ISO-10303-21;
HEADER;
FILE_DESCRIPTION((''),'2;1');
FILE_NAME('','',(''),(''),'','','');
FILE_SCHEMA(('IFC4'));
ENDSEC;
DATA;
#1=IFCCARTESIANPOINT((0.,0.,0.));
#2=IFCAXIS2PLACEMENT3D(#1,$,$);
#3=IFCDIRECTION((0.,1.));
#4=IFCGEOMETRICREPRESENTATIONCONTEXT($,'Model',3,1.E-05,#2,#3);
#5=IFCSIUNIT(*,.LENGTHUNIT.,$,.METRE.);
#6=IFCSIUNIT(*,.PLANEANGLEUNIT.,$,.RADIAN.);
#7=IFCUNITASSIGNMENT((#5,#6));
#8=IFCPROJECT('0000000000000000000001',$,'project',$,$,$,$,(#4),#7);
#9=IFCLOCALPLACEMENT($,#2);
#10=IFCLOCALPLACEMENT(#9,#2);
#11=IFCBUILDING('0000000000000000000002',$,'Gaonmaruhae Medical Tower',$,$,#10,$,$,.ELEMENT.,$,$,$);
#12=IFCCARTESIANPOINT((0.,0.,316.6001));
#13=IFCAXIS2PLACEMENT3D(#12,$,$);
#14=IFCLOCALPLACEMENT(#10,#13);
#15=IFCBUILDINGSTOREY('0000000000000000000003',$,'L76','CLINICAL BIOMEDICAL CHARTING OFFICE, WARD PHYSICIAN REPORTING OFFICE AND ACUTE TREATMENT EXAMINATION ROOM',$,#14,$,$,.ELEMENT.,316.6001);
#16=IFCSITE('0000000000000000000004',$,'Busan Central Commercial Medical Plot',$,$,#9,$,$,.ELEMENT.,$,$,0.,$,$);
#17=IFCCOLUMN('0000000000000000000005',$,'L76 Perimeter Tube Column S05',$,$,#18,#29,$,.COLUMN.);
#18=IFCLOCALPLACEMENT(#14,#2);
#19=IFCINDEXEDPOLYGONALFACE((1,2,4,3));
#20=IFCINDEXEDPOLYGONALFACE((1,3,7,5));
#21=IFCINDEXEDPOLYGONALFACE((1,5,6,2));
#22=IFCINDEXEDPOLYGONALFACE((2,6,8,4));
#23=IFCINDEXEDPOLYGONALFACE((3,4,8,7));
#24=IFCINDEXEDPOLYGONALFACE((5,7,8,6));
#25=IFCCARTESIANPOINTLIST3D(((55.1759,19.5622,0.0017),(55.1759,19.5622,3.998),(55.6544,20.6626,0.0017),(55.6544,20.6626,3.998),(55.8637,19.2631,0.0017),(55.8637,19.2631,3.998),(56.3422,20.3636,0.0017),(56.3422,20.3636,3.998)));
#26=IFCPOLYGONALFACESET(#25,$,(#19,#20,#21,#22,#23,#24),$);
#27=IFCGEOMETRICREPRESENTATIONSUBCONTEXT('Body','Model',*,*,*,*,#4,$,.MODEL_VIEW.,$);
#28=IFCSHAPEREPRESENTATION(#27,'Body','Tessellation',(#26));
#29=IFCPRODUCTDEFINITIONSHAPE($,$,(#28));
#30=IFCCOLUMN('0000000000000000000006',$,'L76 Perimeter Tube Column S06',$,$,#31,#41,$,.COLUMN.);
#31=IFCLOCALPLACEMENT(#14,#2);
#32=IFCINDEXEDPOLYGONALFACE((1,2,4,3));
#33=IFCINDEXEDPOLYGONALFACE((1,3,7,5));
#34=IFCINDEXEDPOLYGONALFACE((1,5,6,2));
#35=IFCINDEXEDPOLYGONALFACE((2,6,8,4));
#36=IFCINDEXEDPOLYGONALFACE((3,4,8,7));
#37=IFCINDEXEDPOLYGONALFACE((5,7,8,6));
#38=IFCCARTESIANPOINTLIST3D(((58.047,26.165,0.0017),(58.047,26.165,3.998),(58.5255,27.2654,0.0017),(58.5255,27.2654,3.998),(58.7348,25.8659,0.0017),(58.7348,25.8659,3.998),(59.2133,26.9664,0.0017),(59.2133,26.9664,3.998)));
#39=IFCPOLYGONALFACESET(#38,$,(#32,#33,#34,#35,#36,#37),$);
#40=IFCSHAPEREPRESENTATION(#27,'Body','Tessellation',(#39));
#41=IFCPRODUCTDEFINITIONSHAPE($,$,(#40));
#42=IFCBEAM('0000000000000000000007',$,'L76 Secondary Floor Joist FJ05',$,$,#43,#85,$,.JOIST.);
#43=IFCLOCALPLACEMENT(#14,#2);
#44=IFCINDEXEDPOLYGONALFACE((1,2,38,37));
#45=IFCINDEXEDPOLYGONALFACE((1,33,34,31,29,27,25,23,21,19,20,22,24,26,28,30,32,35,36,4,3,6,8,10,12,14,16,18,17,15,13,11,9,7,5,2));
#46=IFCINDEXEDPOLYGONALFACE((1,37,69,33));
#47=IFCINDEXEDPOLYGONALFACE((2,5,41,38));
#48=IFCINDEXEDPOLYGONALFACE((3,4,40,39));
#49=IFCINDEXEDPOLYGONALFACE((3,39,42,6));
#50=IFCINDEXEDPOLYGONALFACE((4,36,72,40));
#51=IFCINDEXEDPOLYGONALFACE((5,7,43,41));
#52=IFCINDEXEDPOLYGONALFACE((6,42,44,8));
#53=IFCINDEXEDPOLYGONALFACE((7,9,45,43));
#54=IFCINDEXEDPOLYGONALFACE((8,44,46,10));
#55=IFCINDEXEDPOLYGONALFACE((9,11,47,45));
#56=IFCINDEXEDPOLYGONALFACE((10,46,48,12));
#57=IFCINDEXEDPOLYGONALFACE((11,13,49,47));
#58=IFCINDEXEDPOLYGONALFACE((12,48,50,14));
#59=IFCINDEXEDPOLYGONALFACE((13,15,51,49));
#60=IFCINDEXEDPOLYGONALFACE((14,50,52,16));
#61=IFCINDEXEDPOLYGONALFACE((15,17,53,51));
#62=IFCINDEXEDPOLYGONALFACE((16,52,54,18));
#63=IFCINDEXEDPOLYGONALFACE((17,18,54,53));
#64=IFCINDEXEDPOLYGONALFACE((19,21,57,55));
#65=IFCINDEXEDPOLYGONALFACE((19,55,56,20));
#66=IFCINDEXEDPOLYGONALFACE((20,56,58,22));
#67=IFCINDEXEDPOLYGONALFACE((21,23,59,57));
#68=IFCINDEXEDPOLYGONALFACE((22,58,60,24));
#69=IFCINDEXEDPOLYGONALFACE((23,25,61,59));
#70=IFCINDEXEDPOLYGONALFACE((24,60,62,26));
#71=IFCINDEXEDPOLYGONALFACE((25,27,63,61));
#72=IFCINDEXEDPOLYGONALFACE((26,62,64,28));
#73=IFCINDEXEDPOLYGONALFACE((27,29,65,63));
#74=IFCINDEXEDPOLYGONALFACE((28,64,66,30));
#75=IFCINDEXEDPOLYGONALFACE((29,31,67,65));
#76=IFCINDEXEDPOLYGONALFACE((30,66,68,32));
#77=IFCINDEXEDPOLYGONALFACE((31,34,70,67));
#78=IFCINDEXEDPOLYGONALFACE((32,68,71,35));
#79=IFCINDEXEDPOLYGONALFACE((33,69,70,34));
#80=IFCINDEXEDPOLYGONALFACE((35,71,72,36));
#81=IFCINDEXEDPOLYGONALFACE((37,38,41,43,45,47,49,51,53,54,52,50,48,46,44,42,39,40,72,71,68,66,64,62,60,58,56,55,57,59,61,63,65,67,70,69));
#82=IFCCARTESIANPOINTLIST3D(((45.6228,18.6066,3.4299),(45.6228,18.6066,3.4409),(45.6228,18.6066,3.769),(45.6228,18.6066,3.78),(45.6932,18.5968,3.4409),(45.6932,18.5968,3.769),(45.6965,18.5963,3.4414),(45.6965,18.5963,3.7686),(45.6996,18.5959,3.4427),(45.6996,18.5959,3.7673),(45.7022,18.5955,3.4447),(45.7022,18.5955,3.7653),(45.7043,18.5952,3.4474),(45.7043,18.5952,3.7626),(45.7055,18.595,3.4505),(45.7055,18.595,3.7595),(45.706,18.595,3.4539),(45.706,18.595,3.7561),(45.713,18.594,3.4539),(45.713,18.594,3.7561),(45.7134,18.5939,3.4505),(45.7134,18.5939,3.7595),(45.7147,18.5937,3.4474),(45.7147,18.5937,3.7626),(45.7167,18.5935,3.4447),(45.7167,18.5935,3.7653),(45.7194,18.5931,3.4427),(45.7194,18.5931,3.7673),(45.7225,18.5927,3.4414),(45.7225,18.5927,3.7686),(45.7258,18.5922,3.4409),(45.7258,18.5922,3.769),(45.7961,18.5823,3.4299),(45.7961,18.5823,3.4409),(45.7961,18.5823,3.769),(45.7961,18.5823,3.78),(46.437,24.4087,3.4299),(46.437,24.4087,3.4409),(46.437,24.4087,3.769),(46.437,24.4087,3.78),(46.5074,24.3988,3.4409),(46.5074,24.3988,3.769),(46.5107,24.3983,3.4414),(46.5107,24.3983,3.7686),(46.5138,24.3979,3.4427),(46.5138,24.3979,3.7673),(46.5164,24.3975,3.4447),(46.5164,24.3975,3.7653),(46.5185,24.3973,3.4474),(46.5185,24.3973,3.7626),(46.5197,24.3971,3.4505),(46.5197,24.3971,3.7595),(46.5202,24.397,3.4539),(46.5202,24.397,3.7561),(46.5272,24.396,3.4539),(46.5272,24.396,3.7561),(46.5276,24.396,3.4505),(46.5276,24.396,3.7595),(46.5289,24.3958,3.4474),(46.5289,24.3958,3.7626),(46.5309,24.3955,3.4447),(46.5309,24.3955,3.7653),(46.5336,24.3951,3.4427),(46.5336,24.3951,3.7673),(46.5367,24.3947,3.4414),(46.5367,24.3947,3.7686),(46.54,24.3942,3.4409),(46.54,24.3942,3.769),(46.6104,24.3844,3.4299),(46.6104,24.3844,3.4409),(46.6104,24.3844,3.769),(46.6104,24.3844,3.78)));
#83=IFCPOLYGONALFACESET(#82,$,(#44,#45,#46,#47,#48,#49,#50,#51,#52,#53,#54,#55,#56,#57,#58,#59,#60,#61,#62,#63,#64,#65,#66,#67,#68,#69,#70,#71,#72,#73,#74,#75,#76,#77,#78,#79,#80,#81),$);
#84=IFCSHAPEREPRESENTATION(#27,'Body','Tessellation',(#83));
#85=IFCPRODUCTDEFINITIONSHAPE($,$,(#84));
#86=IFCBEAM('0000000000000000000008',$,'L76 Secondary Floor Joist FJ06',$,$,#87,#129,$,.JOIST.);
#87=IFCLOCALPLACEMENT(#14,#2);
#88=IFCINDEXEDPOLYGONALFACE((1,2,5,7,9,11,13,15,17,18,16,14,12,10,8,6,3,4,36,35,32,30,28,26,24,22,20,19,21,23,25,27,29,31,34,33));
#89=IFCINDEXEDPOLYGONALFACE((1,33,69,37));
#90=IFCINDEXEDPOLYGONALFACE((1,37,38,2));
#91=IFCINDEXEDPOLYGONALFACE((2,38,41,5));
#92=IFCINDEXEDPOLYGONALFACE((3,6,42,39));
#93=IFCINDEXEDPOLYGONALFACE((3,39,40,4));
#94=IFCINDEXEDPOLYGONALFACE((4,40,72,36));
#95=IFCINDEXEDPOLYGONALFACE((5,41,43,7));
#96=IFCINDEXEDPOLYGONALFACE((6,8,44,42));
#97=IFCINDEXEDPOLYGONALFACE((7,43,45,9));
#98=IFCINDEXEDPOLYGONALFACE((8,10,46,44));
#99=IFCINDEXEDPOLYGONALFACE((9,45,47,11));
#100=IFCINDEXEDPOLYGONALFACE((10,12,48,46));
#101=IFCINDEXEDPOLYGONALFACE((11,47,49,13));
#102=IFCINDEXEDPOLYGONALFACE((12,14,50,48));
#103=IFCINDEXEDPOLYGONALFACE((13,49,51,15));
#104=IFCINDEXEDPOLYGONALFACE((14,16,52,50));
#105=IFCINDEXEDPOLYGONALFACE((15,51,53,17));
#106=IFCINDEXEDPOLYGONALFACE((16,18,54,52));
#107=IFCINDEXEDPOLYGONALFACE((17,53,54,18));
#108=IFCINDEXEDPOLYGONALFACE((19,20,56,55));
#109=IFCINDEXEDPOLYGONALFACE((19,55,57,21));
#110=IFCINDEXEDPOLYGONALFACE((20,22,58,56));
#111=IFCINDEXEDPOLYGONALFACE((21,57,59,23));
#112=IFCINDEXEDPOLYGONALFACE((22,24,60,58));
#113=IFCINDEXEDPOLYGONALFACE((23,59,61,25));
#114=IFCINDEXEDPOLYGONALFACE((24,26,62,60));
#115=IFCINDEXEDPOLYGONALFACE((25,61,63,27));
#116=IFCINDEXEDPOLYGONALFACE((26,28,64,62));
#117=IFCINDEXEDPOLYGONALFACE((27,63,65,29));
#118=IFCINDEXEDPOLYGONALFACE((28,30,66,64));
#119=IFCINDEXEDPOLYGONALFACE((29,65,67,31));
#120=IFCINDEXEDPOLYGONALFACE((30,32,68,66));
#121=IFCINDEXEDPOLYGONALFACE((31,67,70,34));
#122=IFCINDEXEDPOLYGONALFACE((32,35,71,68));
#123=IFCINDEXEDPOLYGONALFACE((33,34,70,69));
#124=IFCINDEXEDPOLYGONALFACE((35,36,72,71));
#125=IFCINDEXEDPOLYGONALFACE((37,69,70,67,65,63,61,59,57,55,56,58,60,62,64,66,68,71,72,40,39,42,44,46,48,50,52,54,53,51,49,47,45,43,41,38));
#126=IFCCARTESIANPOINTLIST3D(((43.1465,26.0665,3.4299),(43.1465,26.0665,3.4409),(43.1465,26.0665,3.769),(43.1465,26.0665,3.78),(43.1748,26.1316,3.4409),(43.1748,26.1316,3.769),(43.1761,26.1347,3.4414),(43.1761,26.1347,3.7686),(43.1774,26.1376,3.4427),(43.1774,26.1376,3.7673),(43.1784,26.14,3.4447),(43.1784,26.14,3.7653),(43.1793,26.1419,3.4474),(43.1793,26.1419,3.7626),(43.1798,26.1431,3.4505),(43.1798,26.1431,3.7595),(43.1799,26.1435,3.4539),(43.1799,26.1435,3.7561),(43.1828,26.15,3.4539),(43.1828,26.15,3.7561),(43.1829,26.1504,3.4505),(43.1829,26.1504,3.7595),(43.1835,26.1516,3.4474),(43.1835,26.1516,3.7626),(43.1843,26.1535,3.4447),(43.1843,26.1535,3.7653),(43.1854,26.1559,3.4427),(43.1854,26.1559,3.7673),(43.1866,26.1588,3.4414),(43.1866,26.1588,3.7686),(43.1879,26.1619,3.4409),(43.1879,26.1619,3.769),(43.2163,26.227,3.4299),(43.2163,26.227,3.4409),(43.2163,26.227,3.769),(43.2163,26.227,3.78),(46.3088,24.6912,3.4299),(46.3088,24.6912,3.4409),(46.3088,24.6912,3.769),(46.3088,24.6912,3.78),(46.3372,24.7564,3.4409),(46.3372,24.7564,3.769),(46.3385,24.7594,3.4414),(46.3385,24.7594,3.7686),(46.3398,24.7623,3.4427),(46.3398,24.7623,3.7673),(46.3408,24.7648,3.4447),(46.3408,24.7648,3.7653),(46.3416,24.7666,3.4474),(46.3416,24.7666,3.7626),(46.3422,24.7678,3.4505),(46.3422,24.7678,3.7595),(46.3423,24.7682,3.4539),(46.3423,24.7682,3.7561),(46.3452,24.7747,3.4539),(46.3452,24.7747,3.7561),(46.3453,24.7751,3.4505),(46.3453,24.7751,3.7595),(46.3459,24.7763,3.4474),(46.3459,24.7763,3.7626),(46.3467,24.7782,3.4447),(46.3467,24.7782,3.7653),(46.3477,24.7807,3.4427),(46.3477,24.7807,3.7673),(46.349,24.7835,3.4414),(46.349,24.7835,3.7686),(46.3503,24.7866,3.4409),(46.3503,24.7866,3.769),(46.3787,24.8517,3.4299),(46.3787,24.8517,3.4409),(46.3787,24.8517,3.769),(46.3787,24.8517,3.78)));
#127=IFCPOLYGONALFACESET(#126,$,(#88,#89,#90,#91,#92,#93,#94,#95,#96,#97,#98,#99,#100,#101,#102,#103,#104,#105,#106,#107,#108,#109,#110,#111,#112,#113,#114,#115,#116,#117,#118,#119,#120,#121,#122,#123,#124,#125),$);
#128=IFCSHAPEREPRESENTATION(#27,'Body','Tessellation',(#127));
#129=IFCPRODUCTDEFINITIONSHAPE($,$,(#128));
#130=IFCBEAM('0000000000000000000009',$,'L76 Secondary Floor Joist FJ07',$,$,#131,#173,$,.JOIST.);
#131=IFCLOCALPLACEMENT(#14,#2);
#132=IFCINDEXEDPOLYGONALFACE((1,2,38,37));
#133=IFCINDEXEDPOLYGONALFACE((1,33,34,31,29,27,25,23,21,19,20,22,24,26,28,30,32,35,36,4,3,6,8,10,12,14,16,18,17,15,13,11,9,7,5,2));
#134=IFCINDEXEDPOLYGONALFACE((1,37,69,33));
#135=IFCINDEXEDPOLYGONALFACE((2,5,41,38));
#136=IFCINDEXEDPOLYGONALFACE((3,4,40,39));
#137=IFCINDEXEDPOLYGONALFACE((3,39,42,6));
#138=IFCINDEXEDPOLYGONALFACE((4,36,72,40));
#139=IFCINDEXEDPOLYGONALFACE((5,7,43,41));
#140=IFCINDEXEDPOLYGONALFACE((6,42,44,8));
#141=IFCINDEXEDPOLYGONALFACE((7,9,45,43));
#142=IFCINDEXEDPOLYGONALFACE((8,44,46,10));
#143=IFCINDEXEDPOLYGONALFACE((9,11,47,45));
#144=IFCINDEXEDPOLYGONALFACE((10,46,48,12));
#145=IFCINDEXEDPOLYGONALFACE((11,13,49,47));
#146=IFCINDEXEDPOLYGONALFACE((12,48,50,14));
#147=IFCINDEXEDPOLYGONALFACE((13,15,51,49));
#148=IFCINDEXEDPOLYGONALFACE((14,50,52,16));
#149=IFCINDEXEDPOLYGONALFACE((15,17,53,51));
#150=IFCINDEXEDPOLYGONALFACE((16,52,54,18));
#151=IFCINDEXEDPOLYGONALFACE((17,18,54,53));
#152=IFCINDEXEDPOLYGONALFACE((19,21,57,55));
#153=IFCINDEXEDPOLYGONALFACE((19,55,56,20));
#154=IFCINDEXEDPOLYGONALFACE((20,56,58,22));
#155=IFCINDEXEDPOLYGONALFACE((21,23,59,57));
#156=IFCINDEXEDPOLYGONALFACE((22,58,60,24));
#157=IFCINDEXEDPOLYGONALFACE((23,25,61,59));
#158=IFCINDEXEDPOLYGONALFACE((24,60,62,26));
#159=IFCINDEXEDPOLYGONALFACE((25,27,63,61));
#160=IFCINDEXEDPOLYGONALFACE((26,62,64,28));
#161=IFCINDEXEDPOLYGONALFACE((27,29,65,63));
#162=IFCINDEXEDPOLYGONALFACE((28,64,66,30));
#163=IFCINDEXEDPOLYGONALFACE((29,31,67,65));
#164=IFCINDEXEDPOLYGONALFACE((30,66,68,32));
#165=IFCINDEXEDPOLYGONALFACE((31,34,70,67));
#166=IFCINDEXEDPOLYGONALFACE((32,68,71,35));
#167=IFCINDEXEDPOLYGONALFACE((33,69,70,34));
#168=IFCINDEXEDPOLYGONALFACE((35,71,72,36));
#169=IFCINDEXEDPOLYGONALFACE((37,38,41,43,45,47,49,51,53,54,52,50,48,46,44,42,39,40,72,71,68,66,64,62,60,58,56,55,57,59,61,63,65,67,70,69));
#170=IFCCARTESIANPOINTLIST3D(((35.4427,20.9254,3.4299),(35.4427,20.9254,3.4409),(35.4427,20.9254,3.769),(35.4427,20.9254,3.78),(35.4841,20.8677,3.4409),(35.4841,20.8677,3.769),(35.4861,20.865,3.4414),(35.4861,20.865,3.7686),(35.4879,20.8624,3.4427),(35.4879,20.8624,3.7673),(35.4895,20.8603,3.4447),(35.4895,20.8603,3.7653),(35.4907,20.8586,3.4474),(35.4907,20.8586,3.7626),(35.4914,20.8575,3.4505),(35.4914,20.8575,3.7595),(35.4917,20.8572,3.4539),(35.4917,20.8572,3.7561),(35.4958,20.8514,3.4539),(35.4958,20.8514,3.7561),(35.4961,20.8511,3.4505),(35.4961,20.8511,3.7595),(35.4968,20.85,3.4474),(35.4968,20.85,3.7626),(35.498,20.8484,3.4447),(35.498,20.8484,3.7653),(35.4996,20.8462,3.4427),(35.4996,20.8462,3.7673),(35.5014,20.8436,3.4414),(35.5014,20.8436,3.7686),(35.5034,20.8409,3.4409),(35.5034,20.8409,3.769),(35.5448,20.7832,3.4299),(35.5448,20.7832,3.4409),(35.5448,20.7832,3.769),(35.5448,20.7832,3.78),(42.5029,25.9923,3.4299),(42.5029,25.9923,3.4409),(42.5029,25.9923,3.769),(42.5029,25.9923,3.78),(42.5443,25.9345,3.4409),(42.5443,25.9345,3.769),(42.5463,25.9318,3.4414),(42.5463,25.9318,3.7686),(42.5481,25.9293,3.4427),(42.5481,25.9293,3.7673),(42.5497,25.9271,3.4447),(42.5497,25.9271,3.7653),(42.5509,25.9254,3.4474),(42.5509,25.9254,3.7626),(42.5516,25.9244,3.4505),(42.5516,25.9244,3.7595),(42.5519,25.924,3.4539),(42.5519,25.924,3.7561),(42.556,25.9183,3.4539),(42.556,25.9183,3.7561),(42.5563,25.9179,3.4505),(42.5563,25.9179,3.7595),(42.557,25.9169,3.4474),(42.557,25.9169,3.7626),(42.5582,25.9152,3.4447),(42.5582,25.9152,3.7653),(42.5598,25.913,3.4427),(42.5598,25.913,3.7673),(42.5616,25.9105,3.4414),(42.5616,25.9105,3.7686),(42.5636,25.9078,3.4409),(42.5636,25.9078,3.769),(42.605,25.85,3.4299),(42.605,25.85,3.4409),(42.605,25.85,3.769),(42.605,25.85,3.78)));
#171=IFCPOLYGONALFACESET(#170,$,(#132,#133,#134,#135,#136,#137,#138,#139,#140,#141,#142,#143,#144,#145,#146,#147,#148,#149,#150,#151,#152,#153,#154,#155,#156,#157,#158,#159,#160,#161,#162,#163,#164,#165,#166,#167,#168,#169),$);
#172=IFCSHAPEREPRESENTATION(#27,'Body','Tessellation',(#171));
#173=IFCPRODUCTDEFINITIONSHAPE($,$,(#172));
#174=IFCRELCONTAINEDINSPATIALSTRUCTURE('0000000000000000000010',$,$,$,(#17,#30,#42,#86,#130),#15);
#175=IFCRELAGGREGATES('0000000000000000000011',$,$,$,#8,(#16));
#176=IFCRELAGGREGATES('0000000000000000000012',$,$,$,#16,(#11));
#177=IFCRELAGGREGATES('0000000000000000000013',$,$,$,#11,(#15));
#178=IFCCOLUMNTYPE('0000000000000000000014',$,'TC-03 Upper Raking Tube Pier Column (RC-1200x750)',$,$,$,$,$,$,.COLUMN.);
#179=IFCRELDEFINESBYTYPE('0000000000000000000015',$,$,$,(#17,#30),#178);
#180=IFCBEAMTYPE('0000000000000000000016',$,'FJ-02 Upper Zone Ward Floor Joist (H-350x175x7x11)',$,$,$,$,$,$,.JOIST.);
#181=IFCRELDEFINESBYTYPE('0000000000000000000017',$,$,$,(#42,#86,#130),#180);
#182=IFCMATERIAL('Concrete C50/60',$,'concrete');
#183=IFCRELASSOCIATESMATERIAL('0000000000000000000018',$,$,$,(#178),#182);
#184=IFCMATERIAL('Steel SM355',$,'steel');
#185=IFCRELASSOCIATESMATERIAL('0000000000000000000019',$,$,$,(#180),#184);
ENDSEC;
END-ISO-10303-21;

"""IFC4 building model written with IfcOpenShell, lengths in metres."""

from ifc_helpers import new_model, si_unit, direction, frame, origin, origin_2d, place, context, subcontext, project, spatial, rectangle, i_section, extrude, material, material_profile, profile_set, type_object, element, save


model = new_model("IFC4")

# Units and contexts
model_context = context("Model", 3, precision=1e-05, world=origin(), true_north=direction((0.0, 1.0)))
body_context = subcontext(model_context, "Body", "Model", "MODEL_VIEW")
ifc_project = project(units=[si_unit("LENGTHUNIT", "METRE"), si_unit("PLANEANGLEUNIT", "RADIAN")], contexts=[model_context])

# Site, building, storey
site_placement = place(None, origin())
site = spatial("IfcSite", under=ifc_project, at=site_placement, Name="Busan Central Commercial Medical Plot", CompositionType="ELEMENT", RefElevation=0.0)
building_placement = place(site_placement, origin())
building = spatial("IfcBuilding", under=site, at=building_placement, Name="Gaonmaruhae Medical Tower", CompositionType="ELEMENT")
storey_placement = place(building_placement, frame((0.0, 0.0, 316.6001)))
storey = spatial("IfcBuildingStorey", under=building, at=storey_placement, Name="L76", Description="CLINICAL BIOMEDICAL CHARTING OFFICE, WARD PHYSICIAN REPORTING OFFICE AND ACUTE TREATMENT EXAMINATION ROOM", CompositionType="ELEMENT", Elevation=316.6001)

# Columns
ifc_material_1 = material(Name="Concrete C50/60", Category="concrete")
ifc_material_profile_1 = material_profile(ifc_material_1, rectangle(XDim=1.2, YDim=0.75, at=origin_2d()), Name="RC-1200x750")
ifc_profile_set_1 = profile_set([ifc_material_profile_1], Name="Concrete C50/60")
column_type = type_object("IfcColumnType", Name="TC-03 Upper Raking Tube Pier Column (RC-1200x750)", PredefinedType="COLUMN", material=ifc_profile_set_1)
for number, where, z_axis, x_axis, name in (
    (1, (55.759, 19.9629, 0.0017), (0.0, 0.0, 1.0), (0.398749, 0.91706, 0.0), "L76 Perimeter Tube Column S05"),
    (2, (58.6301, 26.5657, 0.0017), (0.0, 0.0, 1.0), (0.398749, 0.91706, 0.0), "L76 Perimeter Tube Column S06"),
):
    element("IfcColumn", number, at=place(storey_placement, frame(where, z_axis=z_axis, x_axis=x_axis)), inside=storey, type_object=column_type, Name=name, PredefinedType="COLUMN", context=body_context, shape_type="SweptSolid", body=[
        extrude(rectangle(XDim=1.2, YDim=0.75, at=origin_2d()), origin(), (0.0, 0.0, 1.0), 3.9963),
    ])

# Beams
ifc_material_2 = material(Name="Steel SM355", Category="steel")
ifc_material_profile_2 = material_profile(ifc_material_2, i_section(OverallWidth=0.175, OverallDepth=0.3501, WebThickness=0.0071, FlangeThickness=0.011, FilletRadius=0.0129, at=origin_2d()), Name="H-350x175x7x11")
ifc_profile_set_2 = profile_set([ifc_material_profile_2], Name="Steel SM355")
beam_type_1 = type_object("IfcBeamType", Name="FJ-02 Upper Zone Ward Floor Joist (H-350x175x7x11)", PredefinedType="JOIST", material=ifc_profile_set_2)
beam_1_placement = place(storey_placement, frame((45.7095, 18.5945, 3.605), z_axis=(0.138971, 0.990296, 0.0), x_axis=(-0.990296, 0.138971, 0.0)))
element("IfcBeam", 3, at=beam_1_placement, inside=storey, type_object=beam_type_1, Name="L76 Secondary Floor Joist FJ05", PredefinedType="JOIST", context=body_context, shape_type="SweptSolid", body=[
    extrude(i_section(OverallWidth=0.175, OverallDepth=0.3501, WebThickness=0.0071, FlangeThickness=0.011, FilletRadius=0.0129, at=origin_2d()), origin(), (0.0, 0.0, 1.0), 5.8589),
])
beam_2_placement = place(storey_placement, frame((46.3438, 24.7715, 3.605), z_axis=(-0.917037, 0.398801, 0.0), x_axis=(-0.398801, -0.917037, 0.0)))
element("IfcBeam", 4, at=beam_2_placement, inside=storey, type_object=beam_type_1, Name="L76 Secondary Floor Joist FJ06", PredefinedType="JOIST", context=body_context, shape_type="SweptSolid", body=[
    extrude(i_section(OverallWidth=0.175, OverallDepth=0.3501, WebThickness=0.0071, FlangeThickness=0.011, FilletRadius=0.0129, at=origin_2d()), origin(), (0.0, 0.0, 1.0), 3.4485),
])
beam_3_placement = place(storey_placement, frame((42.554, 25.9211, 3.605), z_axis=(-0.812435, -0.583052, 0.0), x_axis=(0.583052, -0.812435, 0.0)))
element("IfcBeam", 5, at=beam_3_placement, inside=storey, type_object=beam_type_1, Name="L76 Secondary Floor Joist FJ07", PredefinedType="JOIST", context=body_context, shape_type="SweptSolid", body=[
    extrude(i_section(OverallWidth=0.175, OverallDepth=0.3501, WebThickness=0.0071, FlangeThickness=0.011, FilletRadius=0.0129, at=origin_2d()), origin(), (0.0, 0.0, 1.0), 8.6902),
])

save(model, "model.ifc")
